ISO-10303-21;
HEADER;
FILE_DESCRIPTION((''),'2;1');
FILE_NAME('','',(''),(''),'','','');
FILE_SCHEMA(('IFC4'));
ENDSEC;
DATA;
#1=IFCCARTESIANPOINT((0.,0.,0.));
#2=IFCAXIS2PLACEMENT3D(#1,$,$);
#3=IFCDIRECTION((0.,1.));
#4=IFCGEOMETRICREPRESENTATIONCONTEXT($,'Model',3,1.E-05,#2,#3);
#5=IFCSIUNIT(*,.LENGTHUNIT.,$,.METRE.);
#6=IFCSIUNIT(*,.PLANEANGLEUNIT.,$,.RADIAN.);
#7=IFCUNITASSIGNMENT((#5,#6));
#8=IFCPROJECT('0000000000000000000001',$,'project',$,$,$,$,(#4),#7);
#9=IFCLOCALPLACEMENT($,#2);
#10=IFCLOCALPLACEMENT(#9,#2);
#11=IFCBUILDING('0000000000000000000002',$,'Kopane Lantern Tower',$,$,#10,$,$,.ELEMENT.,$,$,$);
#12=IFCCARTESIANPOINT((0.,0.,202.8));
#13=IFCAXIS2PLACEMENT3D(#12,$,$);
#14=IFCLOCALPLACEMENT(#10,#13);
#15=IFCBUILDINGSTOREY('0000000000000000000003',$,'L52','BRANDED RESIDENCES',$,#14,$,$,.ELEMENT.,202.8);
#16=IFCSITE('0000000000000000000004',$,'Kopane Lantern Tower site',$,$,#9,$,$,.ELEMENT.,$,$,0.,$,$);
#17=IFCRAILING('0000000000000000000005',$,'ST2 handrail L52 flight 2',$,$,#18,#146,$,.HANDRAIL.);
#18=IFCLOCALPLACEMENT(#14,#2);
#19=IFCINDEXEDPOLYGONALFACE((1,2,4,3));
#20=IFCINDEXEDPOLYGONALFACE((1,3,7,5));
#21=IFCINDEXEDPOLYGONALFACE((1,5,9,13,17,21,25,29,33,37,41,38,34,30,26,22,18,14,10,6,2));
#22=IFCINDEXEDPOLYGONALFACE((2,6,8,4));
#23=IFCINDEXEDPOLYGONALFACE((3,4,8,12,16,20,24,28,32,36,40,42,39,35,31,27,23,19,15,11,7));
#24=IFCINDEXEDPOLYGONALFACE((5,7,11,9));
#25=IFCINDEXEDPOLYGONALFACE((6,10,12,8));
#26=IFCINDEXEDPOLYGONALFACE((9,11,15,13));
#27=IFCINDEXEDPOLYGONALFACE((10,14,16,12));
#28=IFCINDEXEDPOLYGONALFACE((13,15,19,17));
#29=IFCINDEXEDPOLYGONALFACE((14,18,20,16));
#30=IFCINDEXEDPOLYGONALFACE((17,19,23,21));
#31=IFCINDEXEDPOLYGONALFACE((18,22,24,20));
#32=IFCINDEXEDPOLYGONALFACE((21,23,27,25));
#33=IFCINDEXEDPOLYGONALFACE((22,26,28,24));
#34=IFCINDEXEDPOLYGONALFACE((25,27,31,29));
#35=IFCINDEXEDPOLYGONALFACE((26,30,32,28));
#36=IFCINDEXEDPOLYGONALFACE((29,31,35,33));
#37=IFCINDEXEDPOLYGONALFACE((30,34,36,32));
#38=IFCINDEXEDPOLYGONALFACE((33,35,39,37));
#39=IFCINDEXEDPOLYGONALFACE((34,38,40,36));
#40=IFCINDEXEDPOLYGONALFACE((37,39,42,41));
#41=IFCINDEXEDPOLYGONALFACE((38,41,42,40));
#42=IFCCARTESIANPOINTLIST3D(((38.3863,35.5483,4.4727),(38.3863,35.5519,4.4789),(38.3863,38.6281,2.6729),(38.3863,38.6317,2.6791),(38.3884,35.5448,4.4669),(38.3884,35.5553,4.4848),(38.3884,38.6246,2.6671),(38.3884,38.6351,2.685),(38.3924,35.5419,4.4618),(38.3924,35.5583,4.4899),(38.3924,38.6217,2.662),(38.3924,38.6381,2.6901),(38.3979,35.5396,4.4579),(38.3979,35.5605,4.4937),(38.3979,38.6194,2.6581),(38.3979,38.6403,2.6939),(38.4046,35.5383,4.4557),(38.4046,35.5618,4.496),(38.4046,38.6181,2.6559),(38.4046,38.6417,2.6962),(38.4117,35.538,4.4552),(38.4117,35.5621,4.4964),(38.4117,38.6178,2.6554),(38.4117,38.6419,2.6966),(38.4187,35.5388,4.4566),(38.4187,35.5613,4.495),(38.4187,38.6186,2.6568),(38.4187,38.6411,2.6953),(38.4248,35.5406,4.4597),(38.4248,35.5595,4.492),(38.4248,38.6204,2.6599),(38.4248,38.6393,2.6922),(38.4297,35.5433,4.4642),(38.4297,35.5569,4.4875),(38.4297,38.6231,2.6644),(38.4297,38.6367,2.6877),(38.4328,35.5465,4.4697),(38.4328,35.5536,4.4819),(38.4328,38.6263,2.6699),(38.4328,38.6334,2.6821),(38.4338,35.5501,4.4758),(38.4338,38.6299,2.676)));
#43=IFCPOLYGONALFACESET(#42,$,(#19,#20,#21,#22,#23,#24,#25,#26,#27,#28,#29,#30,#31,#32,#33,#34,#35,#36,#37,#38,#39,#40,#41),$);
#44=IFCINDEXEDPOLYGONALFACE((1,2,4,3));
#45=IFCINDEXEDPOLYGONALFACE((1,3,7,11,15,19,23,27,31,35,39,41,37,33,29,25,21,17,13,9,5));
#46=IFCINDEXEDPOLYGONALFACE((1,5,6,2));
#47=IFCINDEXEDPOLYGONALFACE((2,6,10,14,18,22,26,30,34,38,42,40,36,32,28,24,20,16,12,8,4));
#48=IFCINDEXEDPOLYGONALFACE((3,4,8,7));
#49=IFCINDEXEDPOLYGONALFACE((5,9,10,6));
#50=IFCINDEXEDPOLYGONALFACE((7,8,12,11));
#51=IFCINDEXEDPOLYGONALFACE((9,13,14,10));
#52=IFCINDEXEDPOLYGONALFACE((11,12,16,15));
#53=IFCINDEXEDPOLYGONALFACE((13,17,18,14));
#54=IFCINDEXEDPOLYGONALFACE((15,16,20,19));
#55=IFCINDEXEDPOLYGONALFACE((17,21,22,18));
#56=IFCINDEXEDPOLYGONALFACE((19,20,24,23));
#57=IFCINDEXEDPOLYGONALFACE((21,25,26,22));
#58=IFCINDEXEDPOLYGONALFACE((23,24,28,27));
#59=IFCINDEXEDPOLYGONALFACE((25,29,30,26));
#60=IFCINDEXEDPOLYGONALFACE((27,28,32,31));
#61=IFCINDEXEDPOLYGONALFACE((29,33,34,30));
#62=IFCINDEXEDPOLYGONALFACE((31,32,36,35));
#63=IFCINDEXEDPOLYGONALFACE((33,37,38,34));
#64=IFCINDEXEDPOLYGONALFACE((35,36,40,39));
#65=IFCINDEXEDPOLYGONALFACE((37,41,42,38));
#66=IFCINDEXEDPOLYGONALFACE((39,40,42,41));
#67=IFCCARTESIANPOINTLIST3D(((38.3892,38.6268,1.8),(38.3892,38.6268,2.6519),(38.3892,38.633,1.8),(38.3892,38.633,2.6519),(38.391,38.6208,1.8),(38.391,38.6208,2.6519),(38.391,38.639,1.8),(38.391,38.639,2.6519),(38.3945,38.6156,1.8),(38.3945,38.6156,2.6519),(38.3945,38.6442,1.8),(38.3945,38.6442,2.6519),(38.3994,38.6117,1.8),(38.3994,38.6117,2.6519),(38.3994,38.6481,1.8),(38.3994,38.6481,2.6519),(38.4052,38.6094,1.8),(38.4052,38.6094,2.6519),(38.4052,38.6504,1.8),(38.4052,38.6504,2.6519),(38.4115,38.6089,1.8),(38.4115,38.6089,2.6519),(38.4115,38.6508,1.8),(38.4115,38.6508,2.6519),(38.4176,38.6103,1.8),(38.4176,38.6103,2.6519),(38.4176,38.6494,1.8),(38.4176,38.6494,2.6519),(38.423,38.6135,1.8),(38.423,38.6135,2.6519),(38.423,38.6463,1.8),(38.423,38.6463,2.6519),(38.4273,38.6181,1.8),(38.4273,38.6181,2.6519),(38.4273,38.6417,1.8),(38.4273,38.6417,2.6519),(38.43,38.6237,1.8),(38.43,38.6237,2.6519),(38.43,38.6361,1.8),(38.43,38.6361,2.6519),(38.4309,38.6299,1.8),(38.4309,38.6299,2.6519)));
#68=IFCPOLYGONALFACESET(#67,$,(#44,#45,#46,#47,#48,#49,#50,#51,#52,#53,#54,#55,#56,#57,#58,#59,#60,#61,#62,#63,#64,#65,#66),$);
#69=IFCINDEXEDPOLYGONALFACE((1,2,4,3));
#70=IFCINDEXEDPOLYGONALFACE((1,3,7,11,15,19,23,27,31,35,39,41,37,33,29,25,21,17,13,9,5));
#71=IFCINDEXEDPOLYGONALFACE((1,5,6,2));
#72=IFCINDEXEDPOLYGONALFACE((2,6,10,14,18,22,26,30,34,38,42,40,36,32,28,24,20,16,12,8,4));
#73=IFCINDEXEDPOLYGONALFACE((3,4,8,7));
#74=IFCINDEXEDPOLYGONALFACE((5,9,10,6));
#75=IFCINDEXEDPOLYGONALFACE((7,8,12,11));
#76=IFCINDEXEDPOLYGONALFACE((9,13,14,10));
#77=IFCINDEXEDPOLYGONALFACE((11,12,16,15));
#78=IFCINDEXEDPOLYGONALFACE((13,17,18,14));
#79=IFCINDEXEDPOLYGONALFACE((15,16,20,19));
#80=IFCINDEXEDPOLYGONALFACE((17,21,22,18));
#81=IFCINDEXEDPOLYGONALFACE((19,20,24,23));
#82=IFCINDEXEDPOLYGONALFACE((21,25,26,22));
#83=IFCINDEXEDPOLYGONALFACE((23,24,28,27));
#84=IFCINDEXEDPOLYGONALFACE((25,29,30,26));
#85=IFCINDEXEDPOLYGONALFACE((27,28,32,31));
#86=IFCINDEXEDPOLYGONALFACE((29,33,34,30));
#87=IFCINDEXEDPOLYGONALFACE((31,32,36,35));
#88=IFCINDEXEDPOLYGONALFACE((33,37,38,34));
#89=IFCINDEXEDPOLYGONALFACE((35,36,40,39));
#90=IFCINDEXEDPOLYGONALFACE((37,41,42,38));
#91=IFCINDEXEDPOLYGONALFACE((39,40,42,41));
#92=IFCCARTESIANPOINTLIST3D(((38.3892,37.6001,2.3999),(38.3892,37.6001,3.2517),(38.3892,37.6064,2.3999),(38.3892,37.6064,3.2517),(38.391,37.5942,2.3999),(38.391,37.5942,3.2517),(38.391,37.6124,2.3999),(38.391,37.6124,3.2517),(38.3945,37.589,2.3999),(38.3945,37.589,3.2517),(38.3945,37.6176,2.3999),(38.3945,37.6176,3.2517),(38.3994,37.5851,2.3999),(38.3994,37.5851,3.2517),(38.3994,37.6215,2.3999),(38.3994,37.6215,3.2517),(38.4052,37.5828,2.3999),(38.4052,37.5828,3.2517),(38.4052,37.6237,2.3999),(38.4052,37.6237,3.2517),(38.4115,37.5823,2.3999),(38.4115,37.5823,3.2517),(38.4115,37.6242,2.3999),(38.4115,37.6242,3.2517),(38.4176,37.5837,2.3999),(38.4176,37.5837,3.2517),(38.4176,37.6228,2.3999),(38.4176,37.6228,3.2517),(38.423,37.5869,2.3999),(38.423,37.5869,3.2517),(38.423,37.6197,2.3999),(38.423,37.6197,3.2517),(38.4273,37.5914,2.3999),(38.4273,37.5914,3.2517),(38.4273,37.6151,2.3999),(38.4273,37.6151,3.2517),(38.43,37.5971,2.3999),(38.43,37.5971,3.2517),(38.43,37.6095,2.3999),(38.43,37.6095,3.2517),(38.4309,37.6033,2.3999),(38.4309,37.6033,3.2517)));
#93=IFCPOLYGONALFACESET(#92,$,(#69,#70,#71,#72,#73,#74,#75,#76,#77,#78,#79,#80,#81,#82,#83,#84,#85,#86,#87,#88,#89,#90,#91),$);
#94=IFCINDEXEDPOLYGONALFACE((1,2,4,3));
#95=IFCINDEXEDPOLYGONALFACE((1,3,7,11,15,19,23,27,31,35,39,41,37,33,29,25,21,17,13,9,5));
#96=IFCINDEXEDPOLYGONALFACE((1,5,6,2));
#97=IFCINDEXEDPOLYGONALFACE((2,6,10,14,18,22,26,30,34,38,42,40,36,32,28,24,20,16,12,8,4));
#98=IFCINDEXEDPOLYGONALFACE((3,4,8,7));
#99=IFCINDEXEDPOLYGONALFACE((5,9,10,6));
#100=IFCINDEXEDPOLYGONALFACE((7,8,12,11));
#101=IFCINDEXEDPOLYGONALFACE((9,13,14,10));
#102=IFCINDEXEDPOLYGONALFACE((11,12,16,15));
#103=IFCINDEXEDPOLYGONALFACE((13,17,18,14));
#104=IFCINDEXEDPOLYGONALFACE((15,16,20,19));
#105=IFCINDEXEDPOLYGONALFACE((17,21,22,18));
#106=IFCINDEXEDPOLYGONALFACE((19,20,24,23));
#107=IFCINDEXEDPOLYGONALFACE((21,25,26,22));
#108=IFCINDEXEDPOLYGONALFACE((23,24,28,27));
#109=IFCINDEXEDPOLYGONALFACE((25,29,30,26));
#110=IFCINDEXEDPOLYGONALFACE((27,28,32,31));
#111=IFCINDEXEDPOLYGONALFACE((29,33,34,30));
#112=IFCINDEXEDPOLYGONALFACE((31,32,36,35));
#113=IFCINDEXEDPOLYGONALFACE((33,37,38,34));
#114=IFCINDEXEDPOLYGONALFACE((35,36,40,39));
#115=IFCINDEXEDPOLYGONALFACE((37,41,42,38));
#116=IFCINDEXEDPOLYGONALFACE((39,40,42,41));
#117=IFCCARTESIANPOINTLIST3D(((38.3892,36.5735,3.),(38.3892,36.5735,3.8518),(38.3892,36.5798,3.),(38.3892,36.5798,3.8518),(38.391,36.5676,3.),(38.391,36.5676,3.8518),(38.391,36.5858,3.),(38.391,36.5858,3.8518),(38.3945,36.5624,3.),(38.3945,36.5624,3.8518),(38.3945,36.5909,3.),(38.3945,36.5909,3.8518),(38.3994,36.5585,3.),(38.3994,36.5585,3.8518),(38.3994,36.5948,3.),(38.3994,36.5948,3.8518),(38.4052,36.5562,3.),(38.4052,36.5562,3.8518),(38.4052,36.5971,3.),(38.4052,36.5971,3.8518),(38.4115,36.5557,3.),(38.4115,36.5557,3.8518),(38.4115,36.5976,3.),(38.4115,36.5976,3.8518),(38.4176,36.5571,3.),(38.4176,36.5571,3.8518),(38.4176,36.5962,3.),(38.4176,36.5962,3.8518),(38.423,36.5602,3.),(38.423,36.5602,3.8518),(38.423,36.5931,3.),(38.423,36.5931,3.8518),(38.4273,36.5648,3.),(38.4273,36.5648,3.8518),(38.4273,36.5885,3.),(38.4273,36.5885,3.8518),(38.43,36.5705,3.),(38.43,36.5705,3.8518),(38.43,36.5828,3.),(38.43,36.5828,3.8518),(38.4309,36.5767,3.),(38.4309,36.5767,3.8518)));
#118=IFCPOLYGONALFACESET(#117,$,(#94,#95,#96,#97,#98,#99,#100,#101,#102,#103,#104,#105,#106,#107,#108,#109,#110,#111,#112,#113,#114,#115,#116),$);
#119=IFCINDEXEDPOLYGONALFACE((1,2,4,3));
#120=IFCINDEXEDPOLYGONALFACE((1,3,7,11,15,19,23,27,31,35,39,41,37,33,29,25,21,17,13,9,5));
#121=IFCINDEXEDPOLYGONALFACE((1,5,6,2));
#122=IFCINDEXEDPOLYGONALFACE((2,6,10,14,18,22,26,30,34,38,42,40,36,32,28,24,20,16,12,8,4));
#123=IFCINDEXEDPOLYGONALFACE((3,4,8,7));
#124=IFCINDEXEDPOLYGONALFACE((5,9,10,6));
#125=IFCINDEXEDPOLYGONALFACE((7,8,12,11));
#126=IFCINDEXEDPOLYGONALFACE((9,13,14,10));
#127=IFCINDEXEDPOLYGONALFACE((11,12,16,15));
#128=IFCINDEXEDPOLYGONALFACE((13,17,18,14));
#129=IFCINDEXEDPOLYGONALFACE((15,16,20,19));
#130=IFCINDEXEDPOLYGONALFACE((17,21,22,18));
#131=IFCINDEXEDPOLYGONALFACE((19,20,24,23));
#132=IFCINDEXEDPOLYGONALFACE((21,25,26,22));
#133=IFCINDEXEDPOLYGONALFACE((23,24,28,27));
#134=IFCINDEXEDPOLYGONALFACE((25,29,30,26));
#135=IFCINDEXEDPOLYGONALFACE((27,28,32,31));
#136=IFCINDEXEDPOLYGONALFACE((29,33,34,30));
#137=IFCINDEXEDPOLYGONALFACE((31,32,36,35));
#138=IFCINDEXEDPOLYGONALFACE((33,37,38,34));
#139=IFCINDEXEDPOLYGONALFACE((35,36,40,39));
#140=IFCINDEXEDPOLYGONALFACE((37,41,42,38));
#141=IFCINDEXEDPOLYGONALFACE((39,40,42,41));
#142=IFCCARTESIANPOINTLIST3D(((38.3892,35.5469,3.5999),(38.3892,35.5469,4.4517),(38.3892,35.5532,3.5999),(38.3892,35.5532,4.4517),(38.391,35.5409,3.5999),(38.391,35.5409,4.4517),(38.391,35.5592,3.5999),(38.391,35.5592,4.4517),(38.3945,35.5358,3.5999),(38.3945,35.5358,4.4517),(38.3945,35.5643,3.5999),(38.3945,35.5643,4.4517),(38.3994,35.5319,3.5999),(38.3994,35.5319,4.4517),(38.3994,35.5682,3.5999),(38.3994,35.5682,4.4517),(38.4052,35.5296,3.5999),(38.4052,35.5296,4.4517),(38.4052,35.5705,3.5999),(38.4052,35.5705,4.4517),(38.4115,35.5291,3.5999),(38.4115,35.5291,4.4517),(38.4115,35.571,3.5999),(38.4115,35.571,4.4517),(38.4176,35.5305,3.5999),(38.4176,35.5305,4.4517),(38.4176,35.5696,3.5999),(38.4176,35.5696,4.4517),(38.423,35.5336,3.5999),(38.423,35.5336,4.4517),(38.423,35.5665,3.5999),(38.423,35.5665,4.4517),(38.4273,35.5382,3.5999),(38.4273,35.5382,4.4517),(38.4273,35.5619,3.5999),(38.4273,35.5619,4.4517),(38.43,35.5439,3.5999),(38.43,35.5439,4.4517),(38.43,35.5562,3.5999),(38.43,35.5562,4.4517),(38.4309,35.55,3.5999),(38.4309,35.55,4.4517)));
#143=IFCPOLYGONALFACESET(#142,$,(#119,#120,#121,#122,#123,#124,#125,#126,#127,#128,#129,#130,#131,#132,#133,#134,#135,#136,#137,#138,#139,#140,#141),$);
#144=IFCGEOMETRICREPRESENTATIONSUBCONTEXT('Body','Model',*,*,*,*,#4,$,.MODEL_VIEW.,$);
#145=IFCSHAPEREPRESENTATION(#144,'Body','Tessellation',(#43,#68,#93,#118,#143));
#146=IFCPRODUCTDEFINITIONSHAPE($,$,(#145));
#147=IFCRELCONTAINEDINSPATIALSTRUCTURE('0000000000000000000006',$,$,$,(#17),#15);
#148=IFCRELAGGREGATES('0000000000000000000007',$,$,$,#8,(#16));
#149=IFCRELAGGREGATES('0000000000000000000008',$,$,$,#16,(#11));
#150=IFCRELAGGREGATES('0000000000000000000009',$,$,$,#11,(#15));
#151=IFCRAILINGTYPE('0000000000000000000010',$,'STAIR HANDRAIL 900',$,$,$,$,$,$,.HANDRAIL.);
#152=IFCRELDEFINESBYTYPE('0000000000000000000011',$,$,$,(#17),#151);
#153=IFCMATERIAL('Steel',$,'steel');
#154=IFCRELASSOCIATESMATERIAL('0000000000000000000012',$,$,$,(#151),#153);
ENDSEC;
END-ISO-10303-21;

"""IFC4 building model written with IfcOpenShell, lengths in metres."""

from ifc_helpers import new_model, si_unit, direction, frame, origin, origin_2d, place, context, subcontext, project, spatial, circle, extrude, material, type_object, element, save


model = new_model("IFC4")

# Units and contexts
model_context = context("Model", 3, precision=1e-05, world=origin(), true_north=direction((0.0, 1.0)))
body_context = subcontext(model_context, "Body", "Model", "MODEL_VIEW")
ifc_project = project(units=[si_unit("LENGTHUNIT", "METRE"), si_unit("PLANEANGLEUNIT", "RADIAN")], contexts=[model_context])

# Site, building, storey
site_placement = place(None, origin())
site = spatial("IfcSite", under=ifc_project, at=site_placement, Name="Kopane Lantern Tower site", CompositionType="ELEMENT", RefElevation=0.0)
building_placement = place(site_placement, origin())
building = spatial("IfcBuilding", under=site, at=building_placement, Name="Kopane Lantern Tower", CompositionType="ELEMENT")
storey_placement = place(building_placement, frame((0.0, 0.0, 202.8)))
storey = spatial("IfcBuildingStorey", under=building, at=storey_placement, Name="L52", Description="BRANDED RESIDENCES", CompositionType="ELEMENT", Elevation=202.8)

# Railing
ifc_material_1 = material(Name="Steel", Category="steel")
railing_type_1 = type_object("IfcRailingType", Name="STAIR HANDRAIL 900", PredefinedType="HANDRAIL", material=ifc_material_1)
for number, where, name in (
    (1, (38.4099, 38.6299, 1.8), "ST2 handrail L52 flight 2"),
):
    element("IfcRailing", number, at=place(storey_placement, frame(where)), inside=storey, type_object=railing_type_1, Name=name, PredefinedType="HANDRAIL", context=body_context, shape_type="SweptSolid", body=[
        extrude(circle(Radius=0.0239, at=origin_2d()), frame((0.0, 0.0, 0.876), z_axis=(0.0, -0.863384, 0.504547), x_axis=(1.0, 0.0, 0.0)), (0.0, 0.0, 1.0), 3.5671),
        extrude(circle(Radius=0.021, at=origin_2d()), origin(), (0.0, 0.0, 1.0), 0.8518),
        extrude(circle(Radius=0.021, at=origin_2d()), frame((0.0, -1.0266, 0.5999)), (0.0, 0.0, 1.0), 0.8518),
        extrude(circle(Radius=0.021, at=origin_2d()), frame((0.0, -2.0532, 1.2)), (0.0, 0.0, 1.0), 0.8518),
        extrude(circle(Radius=0.021, at=origin_2d()), frame((0.0, -3.0798, 1.7998)), (0.0, 0.0, 1.0), 0.8518),
    ])

save(model, "model.ifc")
